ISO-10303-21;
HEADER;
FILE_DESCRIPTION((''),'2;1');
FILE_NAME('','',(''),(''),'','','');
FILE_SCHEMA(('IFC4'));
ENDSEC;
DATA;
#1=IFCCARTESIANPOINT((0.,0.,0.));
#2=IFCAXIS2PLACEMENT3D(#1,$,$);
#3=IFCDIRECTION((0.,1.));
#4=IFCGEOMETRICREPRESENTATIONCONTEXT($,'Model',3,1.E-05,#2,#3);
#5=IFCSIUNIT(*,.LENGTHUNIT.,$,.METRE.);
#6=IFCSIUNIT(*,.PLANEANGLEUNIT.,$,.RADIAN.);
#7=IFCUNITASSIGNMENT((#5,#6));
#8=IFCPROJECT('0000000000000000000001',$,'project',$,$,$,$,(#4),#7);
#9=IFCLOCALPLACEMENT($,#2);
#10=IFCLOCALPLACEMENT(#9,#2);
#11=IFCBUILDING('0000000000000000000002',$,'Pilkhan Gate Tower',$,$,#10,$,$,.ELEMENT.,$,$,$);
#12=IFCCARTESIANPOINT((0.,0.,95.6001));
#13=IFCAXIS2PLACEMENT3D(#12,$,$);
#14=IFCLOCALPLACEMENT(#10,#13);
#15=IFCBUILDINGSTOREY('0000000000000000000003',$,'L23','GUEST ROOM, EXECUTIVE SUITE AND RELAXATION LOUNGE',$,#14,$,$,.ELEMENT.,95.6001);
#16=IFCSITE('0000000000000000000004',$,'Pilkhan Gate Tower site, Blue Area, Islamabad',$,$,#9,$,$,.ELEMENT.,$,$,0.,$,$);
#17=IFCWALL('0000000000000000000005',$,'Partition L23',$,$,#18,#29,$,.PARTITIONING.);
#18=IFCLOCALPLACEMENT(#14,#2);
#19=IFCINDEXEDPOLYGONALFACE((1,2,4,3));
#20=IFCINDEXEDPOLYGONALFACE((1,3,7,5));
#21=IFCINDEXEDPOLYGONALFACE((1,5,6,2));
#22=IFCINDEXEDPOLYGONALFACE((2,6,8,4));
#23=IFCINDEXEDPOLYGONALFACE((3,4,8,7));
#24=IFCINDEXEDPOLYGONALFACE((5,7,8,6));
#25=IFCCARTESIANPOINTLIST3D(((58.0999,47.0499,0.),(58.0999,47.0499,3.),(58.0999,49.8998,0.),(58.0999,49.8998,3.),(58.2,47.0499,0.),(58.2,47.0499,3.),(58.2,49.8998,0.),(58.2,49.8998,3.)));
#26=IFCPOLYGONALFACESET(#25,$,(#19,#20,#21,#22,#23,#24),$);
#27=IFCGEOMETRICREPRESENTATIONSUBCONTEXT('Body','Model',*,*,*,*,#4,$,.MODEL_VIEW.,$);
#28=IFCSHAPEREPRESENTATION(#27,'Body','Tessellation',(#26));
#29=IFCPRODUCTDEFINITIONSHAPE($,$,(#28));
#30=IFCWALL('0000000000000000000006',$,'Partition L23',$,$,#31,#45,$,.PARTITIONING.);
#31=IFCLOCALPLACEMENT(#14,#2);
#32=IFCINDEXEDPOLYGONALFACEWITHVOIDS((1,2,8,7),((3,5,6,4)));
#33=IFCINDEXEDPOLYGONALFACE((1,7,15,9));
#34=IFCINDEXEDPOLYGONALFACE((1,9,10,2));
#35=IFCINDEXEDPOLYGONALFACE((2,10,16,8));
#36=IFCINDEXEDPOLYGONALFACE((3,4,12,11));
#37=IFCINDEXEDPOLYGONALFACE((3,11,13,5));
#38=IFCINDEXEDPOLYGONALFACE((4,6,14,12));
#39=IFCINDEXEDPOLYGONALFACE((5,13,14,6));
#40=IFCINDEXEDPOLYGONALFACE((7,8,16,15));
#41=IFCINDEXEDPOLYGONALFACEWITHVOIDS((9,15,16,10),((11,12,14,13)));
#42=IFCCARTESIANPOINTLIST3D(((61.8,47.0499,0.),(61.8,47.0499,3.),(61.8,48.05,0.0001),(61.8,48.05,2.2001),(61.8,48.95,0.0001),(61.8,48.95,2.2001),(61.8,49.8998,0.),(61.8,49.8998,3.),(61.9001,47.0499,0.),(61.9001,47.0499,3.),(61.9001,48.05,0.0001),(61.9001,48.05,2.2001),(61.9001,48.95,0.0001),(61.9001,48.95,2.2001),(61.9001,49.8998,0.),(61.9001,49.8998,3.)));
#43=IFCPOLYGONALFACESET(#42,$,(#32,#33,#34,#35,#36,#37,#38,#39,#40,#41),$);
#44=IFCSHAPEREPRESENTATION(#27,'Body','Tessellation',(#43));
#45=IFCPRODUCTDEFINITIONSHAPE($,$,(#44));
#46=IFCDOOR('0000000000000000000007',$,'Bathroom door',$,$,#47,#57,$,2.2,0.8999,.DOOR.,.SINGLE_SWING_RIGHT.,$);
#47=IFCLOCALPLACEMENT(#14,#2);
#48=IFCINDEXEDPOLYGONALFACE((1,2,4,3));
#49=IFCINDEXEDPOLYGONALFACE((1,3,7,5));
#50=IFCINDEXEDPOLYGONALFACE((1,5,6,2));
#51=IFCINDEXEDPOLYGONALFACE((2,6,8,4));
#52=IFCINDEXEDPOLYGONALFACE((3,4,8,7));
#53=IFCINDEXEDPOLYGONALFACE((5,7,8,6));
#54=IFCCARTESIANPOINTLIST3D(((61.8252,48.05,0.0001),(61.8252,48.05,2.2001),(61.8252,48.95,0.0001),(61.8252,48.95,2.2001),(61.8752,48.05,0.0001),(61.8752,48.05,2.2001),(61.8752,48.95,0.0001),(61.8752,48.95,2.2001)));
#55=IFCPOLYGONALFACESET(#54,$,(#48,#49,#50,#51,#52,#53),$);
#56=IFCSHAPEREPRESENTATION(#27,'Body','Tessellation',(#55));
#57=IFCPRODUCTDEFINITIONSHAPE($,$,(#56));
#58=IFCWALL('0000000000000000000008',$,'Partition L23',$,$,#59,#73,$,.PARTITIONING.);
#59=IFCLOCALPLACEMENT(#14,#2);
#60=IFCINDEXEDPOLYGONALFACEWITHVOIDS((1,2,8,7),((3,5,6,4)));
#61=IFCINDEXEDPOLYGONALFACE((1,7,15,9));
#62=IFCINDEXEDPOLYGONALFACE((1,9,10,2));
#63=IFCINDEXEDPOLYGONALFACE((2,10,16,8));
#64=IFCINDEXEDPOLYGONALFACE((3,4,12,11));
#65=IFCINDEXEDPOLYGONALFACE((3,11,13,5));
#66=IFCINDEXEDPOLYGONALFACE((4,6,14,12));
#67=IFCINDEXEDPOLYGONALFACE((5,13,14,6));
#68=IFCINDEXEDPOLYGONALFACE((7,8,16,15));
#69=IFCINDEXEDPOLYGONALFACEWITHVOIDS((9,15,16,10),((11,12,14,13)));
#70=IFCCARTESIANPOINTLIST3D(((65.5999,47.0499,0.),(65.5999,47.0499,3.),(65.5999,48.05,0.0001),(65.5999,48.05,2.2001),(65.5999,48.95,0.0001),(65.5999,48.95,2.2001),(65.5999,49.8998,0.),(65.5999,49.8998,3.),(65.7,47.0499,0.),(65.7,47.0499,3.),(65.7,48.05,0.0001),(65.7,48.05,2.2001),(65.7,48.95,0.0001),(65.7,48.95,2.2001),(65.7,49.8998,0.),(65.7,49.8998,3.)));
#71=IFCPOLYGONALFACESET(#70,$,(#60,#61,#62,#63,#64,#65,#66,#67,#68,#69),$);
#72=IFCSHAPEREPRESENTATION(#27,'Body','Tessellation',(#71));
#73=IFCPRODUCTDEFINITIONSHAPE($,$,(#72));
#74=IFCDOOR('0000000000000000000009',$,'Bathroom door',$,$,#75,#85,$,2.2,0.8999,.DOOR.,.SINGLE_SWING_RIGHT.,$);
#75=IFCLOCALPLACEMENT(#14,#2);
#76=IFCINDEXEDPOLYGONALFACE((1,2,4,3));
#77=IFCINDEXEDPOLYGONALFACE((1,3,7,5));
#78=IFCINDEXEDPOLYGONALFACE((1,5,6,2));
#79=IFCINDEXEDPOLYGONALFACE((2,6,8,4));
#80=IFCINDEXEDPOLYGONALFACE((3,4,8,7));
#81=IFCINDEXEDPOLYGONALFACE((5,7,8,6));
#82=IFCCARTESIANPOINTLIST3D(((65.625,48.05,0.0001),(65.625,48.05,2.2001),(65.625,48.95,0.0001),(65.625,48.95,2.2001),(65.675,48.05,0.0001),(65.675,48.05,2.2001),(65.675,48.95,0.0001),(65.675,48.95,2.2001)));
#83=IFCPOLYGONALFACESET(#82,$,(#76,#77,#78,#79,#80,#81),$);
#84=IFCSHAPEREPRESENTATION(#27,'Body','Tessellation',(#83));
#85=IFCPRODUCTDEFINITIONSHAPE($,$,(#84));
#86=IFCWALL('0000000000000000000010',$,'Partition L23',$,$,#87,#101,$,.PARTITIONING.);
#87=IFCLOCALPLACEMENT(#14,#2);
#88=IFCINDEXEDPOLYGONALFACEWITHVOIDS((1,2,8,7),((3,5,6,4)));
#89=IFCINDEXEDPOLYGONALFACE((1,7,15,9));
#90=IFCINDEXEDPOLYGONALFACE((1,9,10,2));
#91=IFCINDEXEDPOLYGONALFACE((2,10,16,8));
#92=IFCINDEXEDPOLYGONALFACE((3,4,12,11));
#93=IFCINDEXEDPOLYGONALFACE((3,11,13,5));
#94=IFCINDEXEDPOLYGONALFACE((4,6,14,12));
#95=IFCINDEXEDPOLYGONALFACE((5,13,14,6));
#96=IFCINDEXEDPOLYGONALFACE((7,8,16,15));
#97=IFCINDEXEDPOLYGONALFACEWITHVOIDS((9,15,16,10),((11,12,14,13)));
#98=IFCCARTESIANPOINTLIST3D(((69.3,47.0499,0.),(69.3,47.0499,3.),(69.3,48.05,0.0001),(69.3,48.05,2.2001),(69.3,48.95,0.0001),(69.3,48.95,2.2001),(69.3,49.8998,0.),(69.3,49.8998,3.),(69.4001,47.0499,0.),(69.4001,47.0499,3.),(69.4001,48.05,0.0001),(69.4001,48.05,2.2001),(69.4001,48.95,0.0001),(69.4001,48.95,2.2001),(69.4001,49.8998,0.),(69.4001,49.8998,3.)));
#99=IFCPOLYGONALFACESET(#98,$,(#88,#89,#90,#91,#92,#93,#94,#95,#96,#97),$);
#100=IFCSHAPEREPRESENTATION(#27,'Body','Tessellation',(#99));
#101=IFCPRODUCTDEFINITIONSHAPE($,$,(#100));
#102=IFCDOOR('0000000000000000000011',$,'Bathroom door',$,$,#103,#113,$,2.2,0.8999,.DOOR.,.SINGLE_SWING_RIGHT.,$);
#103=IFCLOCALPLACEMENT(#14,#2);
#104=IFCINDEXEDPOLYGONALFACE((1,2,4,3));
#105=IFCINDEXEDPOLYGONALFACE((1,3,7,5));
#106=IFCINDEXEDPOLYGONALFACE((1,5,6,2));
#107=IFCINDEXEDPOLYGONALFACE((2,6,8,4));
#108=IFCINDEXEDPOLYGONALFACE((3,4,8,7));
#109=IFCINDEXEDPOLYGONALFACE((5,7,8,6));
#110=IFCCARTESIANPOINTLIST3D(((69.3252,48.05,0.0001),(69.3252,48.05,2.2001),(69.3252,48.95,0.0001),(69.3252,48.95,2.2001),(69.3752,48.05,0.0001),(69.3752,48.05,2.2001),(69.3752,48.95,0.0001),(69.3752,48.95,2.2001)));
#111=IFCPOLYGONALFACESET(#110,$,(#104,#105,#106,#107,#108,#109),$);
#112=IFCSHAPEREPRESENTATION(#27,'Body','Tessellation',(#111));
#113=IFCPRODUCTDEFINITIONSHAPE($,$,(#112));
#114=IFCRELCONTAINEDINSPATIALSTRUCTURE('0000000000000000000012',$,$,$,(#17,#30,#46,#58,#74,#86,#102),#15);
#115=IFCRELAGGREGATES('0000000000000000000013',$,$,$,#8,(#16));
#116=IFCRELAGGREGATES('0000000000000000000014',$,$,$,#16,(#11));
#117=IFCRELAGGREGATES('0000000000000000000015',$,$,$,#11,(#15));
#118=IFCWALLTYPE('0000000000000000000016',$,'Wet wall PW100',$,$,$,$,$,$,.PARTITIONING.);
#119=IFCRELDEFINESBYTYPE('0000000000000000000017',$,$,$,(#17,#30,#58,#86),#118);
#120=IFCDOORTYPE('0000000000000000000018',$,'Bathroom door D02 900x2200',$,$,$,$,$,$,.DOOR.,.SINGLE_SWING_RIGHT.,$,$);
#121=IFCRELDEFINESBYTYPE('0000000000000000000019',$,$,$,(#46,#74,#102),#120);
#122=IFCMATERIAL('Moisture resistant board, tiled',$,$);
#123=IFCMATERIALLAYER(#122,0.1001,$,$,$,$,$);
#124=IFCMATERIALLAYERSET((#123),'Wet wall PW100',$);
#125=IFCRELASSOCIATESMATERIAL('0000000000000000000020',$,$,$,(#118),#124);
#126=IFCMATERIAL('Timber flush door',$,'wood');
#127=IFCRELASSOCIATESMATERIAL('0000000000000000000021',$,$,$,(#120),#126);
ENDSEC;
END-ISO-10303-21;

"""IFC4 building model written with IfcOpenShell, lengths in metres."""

from ifc_helpers import new_model, si_unit, direction, frame, frame_2d, origin, place, context, subcontext, project, spatial, rectangle, extrude, material, layer, layer_set, type_object, element, fill, save


model = new_model("IFC4")

# Units and contexts
model_context = context("Model", 3, precision=1e-05, world=origin(), true_north=direction((0.0, 1.0)))
body_context = subcontext(model_context, "Body", "Model", "MODEL_VIEW")
ifc_project = project(units=[si_unit("LENGTHUNIT", "METRE"), si_unit("PLANEANGLEUNIT", "RADIAN")], contexts=[model_context])

# Site, building, storey
site_placement = place(None, origin())
site = spatial("IfcSite", under=ifc_project, at=site_placement, Name="Pilkhan Gate Tower site, Blue Area, Islamabad", CompositionType="ELEMENT", RefElevation=0.0)
building_placement = place(site_placement, origin())
building = spatial("IfcBuilding", under=site, at=building_placement, Name="Pilkhan Gate Tower", CompositionType="ELEMENT")
storey_placement = place(building_placement, frame((0.0, 0.0, 95.6001)))
storey = spatial("IfcBuildingStorey", under=building, at=storey_placement, Name="L23", Description="GUEST ROOM, EXECUTIVE SUITE AND RELAXATION LOUNGE", CompositionType="ELEMENT", Elevation=95.6001)

# Shared definitions
ifc_material_1 = material(Name="Moisture resistant board, tiled")
ifc_layer_1 = layer(ifc_material_1, 0.1001)
ifc_layer_set_1 = layer_set([ifc_layer_1], Name="Wet wall PW100")
wall_type_1 = type_object("IfcWallType", Name="Wet wall PW100", PredefinedType="PARTITIONING", material=ifc_layer_set_1)
ifc_material_2 = material(Name="Timber flush door", Category="wood")
door_type = type_object("IfcDoorType", Name="Bathroom door D02 900x2200", OperationType="SINGLE_SWING_RIGHT", PredefinedType="DOOR", material=ifc_material_2)

# Wall
wall_1_placement = place(storey_placement, frame((58.1499, 47.05, 0.0), z_axis=(0.0, 0.0, 1.0), x_axis=(0.0, 1.0, 0.0)))
element("IfcWall", 1, at=wall_1_placement, inside=storey, type_object=wall_type_1, Name="Partition L23", PredefinedType="PARTITIONING", context=body_context, shape_type="SweptSolid", body=[
    extrude(rectangle(XDim=2.8499, YDim=0.1001, at=frame_2d((1.4248, 0.0))), origin(), (0.0, 0.0, 1.0), 3.0),
])

# Walls, openings, doors
wall_2_placement = place(storey_placement, frame((61.8501, 47.05, 0.0), z_axis=(0.0, 0.0, 1.0), x_axis=(0.0, 1.0, 0.0)))
wall_2 = element("IfcWall", 2, at=wall_2_placement, inside=storey, type_object=wall_type_1, Name="Partition L23", PredefinedType="PARTITIONING", context=body_context, shape_type="SweptSolid", body=[
    extrude(rectangle(XDim=2.8499, YDim=0.1001, at=frame_2d((1.4248, 0.0))), origin(), (0.0, 0.0, 1.0), 3.0),
])
opening_1_placement = place(wall_2_placement, frame((1.0, 0.0, 0.0)))
opening_1 = element("IfcOpeningElement", 3, at=opening_1_placement, cuts=wall_2, PredefinedType="OPENING", context=body_context, shape_type="SweptSolid", body=[
    extrude(rectangle(XDim=0.8999, YDim=2.2, at=frame_2d((0.45, 1.1001))), frame((0.0, 0.0601, 0.0), z_axis=(0.0, -1.0, 0.0), x_axis=(1.0, 0.0, 0.0)), (0.0, 0.0, 1.0), 0.1201),
])
door_1_placement = place(opening_1_placement, origin())
door_1 = element("IfcDoor", 4, at=door_1_placement, inside=storey, type_object=door_type, Name="Bathroom door", OperationType="SINGLE_SWING_RIGHT", OverallHeight=2.2, OverallWidth=0.8999, PredefinedType="DOOR", context=body_context, shape_type="SweptSolid", body=[
    extrude(rectangle(XDim=0.8999, YDim=2.2, at=frame_2d((0.45, 1.1001))), frame((0.0, 0.0249, 0.0), z_axis=(0.0, -1.0, 0.0), x_axis=(1.0, 0.0, 0.0)), (0.0, 0.0, 1.0), 0.05),
])
fill(opening_1, door_1)
wall_3_placement = place(storey_placement, frame((65.6499, 47.05, 0.0), z_axis=(0.0, 0.0, 1.0), x_axis=(0.0, 1.0, 0.0)))
wall_3 = element("IfcWall", 5, at=wall_3_placement, inside=storey, type_object=wall_type_1, Name="Partition L23", PredefinedType="PARTITIONING", context=body_context, shape_type="SweptSolid", body=[
    extrude(rectangle(XDim=2.8499, YDim=0.1001, at=frame_2d((1.4248, 0.0))), origin(), (0.0, 0.0, 1.0), 3.0),
])
opening_2_placement = place(wall_3_placement, frame((1.0, 0.0, 0.0)))
opening_2 = element("IfcOpeningElement", 6, at=opening_2_placement, cuts=wall_3, PredefinedType="OPENING", context=body_context, shape_type="SweptSolid", body=[
    extrude(rectangle(XDim=0.8999, YDim=2.2, at=frame_2d((0.45, 1.1001))), frame((0.0, 0.0601, 0.0), z_axis=(0.0, -1.0, 0.0), x_axis=(1.0, 0.0, 0.0)), (0.0, 0.0, 1.0), 0.1201),
])
door_2_placement = place(opening_2_placement, origin())
door_2 = element("IfcDoor", 7, at=door_2_placement, inside=storey, type_object=door_type, Name="Bathroom door", OperationType="SINGLE_SWING_RIGHT", OverallHeight=2.2, OverallWidth=0.8999, PredefinedType="DOOR", context=body_context, shape_type="SweptSolid", body=[
    extrude(rectangle(XDim=0.8999, YDim=2.2, at=frame_2d((0.45, 1.1001))), frame((0.0, 0.0249, 0.0), z_axis=(0.0, -1.0, 0.0), x_axis=(1.0, 0.0, 0.0)), (0.0, 0.0, 1.0), 0.05),
])
fill(opening_2, door_2)
wall_4_placement = place(storey_placement, frame((69.3501, 47.05, 0.0), z_axis=(0.0, 0.0, 1.0), x_axis=(0.0, 1.0, 0.0)))
wall_4 = element("IfcWall", 8, at=wall_4_placement, inside=storey, type_object=wall_type_1, Name="Partition L23", PredefinedType="PARTITIONING", context=body_context, shape_type="SweptSolid", body=[
    extrude(rectangle(XDim=2.8499, YDim=0.1001, at=frame_2d((1.4248, 0.0))), origin(), (0.0, 0.0, 1.0), 3.0),
])
opening_3_placement = place(wall_4_placement, frame((1.0, 0.0, 0.0)))
opening_3 = element("IfcOpeningElement", 9, at=opening_3_placement, cuts=wall_4, PredefinedType="OPENING", context=body_context, shape_type="SweptSolid", body=[
    extrude(rectangle(XDim=0.8999, YDim=2.2, at=frame_2d((0.45, 1.1001))), frame((0.0, 0.0601, 0.0), z_axis=(0.0, -1.0, 0.0), x_axis=(1.0, 0.0, 0.0)), (0.0, 0.0, 1.0), 0.1201),
])
door_3_placement = place(opening_3_placement, origin())
door_3 = element("IfcDoor", 10, at=door_3_placement, inside=storey, type_object=door_type, Name="Bathroom door", OperationType="SINGLE_SWING_RIGHT", OverallHeight=2.2, OverallWidth=0.8999, PredefinedType="DOOR", context=body_context, shape_type="SweptSolid", body=[
    extrude(rectangle(XDim=0.8999, YDim=2.2, at=frame_2d((0.45, 1.1001))), frame((0.0, 0.0249, 0.0), z_axis=(0.0, -1.0, 0.0), x_axis=(1.0, 0.0, 0.0)), (0.0, 0.0, 1.0), 0.05),
])
fill(opening_3, door_3)

save(model, "model.ifc")
